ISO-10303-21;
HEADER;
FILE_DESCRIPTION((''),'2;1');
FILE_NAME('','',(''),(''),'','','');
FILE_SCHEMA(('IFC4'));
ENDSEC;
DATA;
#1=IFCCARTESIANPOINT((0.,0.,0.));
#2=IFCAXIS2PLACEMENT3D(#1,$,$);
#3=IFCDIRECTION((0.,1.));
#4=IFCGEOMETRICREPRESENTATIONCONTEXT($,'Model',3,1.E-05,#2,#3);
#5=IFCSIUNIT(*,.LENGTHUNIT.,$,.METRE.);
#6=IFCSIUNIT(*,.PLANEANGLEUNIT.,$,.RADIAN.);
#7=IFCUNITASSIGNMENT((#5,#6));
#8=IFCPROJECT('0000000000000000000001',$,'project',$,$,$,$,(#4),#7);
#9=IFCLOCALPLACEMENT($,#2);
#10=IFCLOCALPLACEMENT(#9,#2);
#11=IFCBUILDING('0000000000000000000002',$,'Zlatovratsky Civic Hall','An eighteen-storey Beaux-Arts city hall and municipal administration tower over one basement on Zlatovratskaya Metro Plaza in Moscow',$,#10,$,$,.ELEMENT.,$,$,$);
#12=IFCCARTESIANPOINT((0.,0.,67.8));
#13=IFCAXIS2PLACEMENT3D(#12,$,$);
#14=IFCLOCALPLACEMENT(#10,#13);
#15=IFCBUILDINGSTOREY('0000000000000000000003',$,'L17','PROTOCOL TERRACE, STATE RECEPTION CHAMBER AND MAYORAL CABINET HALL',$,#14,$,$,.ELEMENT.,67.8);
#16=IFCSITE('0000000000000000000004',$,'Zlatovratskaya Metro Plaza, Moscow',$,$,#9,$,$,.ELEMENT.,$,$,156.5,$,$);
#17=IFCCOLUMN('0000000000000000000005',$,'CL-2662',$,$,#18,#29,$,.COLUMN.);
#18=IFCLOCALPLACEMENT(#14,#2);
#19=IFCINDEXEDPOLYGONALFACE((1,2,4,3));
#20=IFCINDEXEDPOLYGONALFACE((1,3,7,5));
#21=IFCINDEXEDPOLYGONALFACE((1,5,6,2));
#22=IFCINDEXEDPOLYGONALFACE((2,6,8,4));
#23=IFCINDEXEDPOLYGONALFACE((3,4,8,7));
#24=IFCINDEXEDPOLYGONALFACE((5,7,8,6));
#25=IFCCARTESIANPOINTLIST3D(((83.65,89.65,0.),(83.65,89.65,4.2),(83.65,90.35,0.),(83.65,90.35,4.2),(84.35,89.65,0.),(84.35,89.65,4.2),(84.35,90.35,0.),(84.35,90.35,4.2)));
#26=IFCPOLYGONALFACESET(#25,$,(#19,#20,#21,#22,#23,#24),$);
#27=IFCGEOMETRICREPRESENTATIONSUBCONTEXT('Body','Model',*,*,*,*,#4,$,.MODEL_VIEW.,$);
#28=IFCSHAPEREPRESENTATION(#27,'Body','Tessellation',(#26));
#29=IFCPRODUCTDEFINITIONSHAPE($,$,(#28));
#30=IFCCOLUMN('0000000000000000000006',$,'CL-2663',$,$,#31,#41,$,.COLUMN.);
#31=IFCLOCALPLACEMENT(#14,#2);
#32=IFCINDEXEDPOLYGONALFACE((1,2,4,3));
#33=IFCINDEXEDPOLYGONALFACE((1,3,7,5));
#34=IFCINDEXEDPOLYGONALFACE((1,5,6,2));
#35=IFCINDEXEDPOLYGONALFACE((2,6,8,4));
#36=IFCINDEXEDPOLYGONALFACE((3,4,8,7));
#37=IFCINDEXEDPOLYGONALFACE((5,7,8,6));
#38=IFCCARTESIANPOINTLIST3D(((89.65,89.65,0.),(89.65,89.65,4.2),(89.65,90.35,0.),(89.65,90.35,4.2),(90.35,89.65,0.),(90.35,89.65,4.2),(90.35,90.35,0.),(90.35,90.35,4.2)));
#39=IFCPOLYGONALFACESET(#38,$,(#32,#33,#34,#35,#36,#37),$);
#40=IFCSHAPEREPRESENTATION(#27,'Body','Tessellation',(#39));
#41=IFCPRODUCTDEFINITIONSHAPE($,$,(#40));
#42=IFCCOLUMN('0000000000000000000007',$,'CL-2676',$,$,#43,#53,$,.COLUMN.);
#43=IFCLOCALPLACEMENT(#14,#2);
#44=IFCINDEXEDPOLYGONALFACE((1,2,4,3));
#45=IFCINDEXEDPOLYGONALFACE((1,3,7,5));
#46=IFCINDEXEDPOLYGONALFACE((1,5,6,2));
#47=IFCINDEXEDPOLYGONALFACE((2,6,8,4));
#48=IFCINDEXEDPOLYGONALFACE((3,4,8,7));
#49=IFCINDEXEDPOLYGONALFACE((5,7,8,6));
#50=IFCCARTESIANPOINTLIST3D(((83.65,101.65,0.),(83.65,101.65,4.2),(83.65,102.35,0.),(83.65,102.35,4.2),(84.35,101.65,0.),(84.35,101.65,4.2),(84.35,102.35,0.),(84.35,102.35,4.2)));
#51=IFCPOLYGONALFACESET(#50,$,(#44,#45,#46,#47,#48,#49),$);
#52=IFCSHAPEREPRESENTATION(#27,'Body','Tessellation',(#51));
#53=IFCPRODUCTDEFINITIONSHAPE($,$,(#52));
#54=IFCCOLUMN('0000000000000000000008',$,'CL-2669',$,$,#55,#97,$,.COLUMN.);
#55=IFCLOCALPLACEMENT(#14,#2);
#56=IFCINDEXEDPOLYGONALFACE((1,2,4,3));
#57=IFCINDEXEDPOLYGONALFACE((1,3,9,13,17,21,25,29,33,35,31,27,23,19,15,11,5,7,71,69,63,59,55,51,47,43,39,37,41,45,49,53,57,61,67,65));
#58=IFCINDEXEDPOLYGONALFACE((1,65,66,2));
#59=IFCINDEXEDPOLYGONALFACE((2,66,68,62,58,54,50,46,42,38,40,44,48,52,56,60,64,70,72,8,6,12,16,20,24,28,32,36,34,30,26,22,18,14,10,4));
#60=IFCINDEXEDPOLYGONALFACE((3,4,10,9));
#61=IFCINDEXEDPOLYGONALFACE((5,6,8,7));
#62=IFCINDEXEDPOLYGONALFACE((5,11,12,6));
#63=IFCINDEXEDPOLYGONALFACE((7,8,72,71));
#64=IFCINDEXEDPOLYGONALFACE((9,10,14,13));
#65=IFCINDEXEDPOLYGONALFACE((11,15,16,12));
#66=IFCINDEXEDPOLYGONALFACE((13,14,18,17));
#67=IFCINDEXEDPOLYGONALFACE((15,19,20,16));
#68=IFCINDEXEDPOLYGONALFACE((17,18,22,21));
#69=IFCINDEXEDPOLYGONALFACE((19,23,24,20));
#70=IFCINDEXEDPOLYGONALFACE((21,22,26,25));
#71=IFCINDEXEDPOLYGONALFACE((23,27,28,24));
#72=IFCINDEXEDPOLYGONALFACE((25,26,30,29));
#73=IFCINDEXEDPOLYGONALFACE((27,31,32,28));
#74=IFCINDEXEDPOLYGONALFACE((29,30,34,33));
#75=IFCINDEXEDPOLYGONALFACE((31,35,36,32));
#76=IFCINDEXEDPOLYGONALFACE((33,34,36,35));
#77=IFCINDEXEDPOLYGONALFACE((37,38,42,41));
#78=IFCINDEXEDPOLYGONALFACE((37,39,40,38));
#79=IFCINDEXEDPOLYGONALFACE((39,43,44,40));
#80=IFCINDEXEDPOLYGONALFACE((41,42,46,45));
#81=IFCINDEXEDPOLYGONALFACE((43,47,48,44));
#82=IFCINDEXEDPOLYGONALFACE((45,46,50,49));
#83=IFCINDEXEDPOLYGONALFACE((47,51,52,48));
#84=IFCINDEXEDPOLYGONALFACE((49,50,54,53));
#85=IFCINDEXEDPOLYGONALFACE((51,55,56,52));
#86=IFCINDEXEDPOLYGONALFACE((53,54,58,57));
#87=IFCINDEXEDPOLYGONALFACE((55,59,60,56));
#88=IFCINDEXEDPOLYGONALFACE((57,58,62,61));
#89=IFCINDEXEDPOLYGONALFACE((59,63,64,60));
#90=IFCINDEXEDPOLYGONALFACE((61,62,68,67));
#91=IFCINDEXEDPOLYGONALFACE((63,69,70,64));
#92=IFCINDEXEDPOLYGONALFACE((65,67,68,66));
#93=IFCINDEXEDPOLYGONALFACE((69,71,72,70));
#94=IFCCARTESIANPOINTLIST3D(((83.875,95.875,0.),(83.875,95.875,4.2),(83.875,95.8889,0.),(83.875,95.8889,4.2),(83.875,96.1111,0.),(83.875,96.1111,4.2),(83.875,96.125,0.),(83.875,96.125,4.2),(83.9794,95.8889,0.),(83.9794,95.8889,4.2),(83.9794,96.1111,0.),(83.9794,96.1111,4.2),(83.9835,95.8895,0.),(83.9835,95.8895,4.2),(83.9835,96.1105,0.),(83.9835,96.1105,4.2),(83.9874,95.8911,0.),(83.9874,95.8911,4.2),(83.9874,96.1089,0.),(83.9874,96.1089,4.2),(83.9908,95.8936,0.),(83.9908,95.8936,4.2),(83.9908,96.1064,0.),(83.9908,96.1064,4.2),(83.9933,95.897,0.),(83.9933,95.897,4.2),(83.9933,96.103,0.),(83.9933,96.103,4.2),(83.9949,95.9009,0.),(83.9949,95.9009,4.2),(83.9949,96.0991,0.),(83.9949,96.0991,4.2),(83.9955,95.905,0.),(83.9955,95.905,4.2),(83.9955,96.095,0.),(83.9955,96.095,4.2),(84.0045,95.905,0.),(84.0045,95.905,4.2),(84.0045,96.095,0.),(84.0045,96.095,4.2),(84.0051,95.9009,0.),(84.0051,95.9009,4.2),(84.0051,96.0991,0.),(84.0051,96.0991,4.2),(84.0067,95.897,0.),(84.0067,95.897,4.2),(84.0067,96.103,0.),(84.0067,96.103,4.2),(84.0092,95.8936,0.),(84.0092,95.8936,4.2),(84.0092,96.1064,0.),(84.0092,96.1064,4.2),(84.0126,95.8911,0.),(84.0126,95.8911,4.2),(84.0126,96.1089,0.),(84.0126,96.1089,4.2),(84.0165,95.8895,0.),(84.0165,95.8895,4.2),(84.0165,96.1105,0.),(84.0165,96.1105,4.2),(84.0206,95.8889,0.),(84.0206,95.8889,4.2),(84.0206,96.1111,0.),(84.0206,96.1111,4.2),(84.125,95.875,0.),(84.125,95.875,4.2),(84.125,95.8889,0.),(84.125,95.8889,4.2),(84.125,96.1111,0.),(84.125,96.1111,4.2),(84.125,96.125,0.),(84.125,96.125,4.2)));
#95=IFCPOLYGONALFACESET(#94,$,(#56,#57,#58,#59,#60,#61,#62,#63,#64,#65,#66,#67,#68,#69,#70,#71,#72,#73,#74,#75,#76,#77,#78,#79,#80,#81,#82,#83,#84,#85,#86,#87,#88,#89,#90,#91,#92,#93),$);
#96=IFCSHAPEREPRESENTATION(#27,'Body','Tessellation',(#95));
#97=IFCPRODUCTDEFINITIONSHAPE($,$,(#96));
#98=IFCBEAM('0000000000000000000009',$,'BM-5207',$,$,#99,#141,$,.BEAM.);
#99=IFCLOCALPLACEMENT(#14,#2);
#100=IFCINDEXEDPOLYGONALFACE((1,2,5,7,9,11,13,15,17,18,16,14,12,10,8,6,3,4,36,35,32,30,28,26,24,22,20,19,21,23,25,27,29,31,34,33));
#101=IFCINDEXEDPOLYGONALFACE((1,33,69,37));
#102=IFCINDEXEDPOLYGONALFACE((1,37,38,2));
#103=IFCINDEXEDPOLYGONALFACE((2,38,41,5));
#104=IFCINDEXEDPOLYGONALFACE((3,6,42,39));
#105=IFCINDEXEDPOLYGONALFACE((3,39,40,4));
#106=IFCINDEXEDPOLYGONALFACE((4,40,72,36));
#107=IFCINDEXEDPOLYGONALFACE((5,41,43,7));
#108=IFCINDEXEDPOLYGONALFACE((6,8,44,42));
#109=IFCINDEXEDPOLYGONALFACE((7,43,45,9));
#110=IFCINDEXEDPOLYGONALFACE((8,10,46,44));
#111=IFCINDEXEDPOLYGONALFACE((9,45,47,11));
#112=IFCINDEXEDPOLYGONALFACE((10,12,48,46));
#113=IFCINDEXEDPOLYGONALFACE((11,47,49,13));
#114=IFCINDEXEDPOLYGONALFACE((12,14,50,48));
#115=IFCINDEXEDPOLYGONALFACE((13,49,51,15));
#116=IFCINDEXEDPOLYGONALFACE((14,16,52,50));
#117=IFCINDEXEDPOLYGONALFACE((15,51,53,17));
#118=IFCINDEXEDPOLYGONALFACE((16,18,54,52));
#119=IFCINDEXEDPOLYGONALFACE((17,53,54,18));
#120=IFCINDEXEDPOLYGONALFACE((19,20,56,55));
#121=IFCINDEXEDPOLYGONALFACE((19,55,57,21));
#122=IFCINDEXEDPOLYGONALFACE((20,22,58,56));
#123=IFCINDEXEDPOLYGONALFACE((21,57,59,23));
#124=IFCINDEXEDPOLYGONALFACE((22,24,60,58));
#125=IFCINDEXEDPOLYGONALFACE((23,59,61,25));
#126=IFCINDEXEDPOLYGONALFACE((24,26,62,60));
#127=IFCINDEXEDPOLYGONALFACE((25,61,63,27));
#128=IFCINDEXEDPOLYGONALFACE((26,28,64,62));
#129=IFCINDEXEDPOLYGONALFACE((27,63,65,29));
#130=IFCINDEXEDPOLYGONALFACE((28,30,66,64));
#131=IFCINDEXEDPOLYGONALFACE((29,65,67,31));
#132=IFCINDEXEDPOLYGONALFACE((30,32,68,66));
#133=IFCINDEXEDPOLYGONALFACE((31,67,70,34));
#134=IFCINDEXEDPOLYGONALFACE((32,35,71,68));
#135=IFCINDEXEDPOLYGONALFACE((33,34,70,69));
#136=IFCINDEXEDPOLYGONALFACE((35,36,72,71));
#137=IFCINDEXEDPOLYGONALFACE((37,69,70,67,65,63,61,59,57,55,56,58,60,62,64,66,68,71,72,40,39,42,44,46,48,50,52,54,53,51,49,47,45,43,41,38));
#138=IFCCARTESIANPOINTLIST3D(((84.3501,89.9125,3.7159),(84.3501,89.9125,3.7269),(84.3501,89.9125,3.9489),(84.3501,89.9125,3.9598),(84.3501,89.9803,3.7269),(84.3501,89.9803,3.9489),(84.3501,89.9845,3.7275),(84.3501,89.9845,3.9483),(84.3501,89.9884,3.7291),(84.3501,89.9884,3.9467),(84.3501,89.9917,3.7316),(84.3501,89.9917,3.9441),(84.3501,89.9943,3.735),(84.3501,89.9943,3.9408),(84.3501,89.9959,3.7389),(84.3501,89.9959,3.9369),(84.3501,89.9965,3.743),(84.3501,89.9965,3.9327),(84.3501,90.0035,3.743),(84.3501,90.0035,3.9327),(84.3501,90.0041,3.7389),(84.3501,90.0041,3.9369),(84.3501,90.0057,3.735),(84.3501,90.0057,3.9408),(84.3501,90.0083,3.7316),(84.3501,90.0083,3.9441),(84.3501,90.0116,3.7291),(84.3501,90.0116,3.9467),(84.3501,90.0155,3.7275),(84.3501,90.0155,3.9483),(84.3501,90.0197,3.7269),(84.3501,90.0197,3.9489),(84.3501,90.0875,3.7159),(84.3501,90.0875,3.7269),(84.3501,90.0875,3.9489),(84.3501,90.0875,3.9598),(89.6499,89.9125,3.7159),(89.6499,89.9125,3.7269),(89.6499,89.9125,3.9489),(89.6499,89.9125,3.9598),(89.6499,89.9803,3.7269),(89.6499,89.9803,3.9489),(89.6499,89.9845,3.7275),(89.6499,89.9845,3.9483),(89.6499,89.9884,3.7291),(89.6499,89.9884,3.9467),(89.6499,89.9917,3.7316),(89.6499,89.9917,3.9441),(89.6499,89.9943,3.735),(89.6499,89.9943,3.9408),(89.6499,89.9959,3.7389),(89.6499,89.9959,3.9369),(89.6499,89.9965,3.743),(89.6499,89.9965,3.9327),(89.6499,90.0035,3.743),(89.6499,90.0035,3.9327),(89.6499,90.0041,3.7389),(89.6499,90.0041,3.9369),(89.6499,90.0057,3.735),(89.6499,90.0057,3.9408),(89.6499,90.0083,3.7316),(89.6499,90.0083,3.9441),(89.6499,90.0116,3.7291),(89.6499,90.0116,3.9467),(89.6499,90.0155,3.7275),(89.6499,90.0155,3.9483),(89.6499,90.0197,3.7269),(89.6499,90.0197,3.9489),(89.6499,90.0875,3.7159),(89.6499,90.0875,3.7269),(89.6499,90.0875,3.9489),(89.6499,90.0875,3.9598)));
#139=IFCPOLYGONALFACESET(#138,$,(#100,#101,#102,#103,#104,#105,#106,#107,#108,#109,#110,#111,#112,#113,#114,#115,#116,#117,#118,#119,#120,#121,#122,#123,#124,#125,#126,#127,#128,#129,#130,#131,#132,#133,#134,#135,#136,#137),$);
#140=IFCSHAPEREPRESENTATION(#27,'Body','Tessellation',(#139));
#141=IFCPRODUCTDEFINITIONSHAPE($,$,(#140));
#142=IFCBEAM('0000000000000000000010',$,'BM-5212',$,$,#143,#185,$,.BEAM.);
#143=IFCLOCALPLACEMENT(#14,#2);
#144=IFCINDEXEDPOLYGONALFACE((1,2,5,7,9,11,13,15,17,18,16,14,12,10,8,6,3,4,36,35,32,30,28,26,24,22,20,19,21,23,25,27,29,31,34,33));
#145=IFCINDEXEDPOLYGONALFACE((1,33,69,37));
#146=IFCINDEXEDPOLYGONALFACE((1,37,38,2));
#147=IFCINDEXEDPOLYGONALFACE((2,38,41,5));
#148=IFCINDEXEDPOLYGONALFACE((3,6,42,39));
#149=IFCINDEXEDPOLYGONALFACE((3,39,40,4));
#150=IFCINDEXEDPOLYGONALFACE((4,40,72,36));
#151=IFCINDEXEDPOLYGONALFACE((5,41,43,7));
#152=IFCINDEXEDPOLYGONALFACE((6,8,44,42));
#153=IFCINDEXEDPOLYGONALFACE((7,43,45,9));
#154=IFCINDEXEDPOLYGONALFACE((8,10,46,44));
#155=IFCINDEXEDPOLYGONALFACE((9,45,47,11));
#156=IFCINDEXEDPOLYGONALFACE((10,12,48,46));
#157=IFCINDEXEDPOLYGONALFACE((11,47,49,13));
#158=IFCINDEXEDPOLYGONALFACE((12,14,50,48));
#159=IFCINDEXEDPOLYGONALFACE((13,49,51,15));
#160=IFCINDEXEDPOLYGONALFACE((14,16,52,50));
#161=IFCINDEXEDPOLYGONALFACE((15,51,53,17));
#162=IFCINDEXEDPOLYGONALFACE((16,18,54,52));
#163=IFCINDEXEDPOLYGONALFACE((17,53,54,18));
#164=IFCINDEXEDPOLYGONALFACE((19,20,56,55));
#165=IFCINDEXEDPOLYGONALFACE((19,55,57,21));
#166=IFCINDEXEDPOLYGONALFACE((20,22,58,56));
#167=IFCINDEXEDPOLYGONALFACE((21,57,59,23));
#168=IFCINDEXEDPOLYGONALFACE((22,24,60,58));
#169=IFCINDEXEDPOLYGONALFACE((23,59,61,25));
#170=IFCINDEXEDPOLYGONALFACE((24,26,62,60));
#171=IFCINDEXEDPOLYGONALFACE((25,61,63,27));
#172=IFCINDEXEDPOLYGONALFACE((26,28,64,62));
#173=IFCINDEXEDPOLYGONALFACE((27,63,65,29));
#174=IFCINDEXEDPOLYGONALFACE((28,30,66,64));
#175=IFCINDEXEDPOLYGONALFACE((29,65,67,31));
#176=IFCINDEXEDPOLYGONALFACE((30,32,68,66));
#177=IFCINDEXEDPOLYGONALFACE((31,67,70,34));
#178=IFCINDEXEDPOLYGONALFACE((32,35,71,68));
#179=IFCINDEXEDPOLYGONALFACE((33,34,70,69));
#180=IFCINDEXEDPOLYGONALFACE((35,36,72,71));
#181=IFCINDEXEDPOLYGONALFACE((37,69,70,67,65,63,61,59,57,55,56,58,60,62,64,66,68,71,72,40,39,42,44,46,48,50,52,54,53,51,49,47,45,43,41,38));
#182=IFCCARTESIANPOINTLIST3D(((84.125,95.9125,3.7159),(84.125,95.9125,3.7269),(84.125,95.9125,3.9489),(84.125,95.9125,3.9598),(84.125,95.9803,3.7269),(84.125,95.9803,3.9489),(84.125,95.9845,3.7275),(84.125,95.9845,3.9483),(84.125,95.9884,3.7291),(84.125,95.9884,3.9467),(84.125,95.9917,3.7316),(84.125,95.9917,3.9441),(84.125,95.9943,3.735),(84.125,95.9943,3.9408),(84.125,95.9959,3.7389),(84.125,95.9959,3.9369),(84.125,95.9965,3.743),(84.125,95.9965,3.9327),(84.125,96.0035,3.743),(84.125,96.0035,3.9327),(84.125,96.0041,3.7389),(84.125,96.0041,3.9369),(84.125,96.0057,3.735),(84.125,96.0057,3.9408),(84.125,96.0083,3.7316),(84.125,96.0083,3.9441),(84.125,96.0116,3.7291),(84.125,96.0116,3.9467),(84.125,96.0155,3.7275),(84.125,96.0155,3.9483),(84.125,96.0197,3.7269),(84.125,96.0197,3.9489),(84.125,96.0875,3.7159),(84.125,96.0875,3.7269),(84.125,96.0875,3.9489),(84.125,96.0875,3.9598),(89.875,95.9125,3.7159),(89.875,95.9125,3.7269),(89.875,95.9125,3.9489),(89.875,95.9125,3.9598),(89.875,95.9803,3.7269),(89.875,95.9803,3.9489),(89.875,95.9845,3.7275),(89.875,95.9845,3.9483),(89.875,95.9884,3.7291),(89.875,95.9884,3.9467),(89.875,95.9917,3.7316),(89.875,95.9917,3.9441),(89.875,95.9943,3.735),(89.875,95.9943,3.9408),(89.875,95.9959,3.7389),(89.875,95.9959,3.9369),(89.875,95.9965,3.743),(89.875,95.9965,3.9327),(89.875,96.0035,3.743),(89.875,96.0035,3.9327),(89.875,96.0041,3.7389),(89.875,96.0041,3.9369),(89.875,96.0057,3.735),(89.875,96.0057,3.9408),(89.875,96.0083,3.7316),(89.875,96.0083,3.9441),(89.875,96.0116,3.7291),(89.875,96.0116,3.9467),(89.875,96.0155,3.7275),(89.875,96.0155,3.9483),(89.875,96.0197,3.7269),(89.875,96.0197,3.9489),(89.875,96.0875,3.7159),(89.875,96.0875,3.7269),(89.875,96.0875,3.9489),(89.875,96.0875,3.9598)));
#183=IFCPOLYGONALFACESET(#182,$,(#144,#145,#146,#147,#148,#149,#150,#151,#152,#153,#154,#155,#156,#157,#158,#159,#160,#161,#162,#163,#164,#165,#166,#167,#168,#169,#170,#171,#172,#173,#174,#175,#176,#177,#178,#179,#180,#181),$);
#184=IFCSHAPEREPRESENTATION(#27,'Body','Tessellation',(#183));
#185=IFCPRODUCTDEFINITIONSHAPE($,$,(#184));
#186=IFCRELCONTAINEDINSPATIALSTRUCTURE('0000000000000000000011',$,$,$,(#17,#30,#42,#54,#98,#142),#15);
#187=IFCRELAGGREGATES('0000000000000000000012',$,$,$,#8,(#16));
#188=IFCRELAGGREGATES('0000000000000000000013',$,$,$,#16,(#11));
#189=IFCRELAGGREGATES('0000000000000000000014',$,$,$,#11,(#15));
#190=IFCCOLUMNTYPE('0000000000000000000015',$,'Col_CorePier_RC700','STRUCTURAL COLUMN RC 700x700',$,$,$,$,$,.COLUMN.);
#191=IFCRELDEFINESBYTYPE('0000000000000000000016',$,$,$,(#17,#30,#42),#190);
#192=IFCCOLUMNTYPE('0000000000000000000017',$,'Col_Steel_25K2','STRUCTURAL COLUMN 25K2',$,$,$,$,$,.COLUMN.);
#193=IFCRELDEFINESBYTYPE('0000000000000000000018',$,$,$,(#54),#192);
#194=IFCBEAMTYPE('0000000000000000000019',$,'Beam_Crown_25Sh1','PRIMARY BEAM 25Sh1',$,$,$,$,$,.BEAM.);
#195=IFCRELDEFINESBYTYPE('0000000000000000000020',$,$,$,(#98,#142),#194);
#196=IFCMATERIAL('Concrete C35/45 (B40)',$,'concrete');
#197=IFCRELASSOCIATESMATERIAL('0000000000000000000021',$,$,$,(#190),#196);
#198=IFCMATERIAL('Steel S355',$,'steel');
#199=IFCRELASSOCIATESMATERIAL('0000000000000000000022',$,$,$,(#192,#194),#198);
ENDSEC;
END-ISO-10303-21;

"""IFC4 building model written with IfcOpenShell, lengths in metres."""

from ifc_helpers import new_model, si_unit, direction, frame, origin, origin_2d, place, context, subcontext, project, spatial, rectangle, i_section, extrude, material, material_profile, profile_set, type_object, element, save


model = new_model("IFC4")

# Units and contexts
model_context = context("Model", 3, precision=1e-05, world=origin(), true_north=direction((0.0, 1.0)))
body_context = subcontext(model_context, "Body", "Model", "MODEL_VIEW")
ifc_project = project(units=[si_unit("LENGTHUNIT", "METRE"), si_unit("PLANEANGLEUNIT", "RADIAN")], contexts=[model_context])

# Site, building, storey
site_placement = place(None, origin())
site = spatial("IfcSite", under=ifc_project, at=site_placement, Name="Zlatovratskaya Metro Plaza, Moscow", CompositionType="ELEMENT", RefElevation=156.5)
building_placement = place(site_placement, origin())
building = spatial("IfcBuilding", under=site, at=building_placement, Name="Zlatovratsky Civic Hall", Description="An eighteen-storey Beaux-Arts city hall and municipal administration tower over one basement on Zlatovratskaya Metro Plaza in Moscow", CompositionType="ELEMENT")
storey_placement = place(building_placement, frame((0.0, 0.0, 67.8)))
storey = spatial("IfcBuildingStorey", under=building, at=storey_placement, Name="L17", Description="PROTOCOL TERRACE, STATE RECEPTION CHAMBER AND MAYORAL CABINET HALL", CompositionType="ELEMENT", Elevation=67.8)

# Columns
ifc_material_1 = material(Name="Concrete C35/45 (B40)", Category="concrete")
ifc_material_profile_1 = material_profile(ifc_material_1, rectangle(XDim=0.7, YDim=0.7, at=origin_2d()), Name="RC 700x700")
ifc_profile_set_1 = profile_set([ifc_material_profile_1], Name="Concrete C35/45 (B40)")
column_type_1 = type_object("IfcColumnType", Name="Col_CorePier_RC700", Description="STRUCTURAL COLUMN RC 700x700", PredefinedType="COLUMN", material=ifc_profile_set_1)
for number, where, z_axis, x_axis, name in (
    (1, (84.0, 90.0, 0.0), (0.0, 0.0, 1.0), (1.0, 0.0, 0.0), "CL-2662"),
    (2, (90.0, 90.0, 0.0), (0.0, 0.0, 1.0), (1.0, 0.0, 0.0), "CL-2663"),
    (3, (84.0, 102.0, 0.0), (0.0, 0.0, 1.0), (1.0, 0.0, 0.0), "CL-2676"),
):
    element("IfcColumn", number, at=place(storey_placement, frame(where, z_axis=z_axis, x_axis=x_axis)), inside=storey, type_object=column_type_1, Name=name, PredefinedType="COLUMN", context=body_context, shape_type="SweptSolid", body=[
        extrude(rectangle(XDim=0.7, YDim=0.7, at=origin_2d()), origin(), (0.0, 0.0, 1.0), 4.2),
    ])
ifc_material_2 = material(Name="Steel S355", Category="steel")
ifc_material_profile_2 = material_profile(ifc_material_2, i_section(OverallWidth=0.25, OverallDepth=0.25, WebThickness=0.009, FlangeThickness=0.0139, FilletRadius=0.0161, at=origin_2d()), Name="25K2")
ifc_profile_set_2 = profile_set([ifc_material_profile_2], Name="Steel S355")
column_type_2 = type_object("IfcColumnType", Name="Col_Steel_25K2", Description="STRUCTURAL COLUMN 25K2", PredefinedType="COLUMN", material=ifc_profile_set_2)
column_placement = place(storey_placement, frame((84.0, 96.0, 0.0), z_axis=(0.0, 0.0, 1.0), x_axis=(1.0, 0.0, 0.0)))
element("IfcColumn", 4, at=column_placement, inside=storey, type_object=column_type_2, Name="CL-2669", PredefinedType="COLUMN", context=body_context, shape_type="SweptSolid", body=[
    extrude(i_section(OverallWidth=0.25, OverallDepth=0.25, WebThickness=0.009, FlangeThickness=0.0139, FilletRadius=0.0161, at=origin_2d()), origin(), (0.0, 0.0, 1.0), 4.2),
])

# Beams
ifc_material_profile_3 = material_profile(ifc_material_2, i_section(OverallWidth=0.175, OverallDepth=0.2439, WebThickness=0.0071, FlangeThickness=0.011, FilletRadius=0.0161, at=origin_2d()), Name="25Sh1")
ifc_profile_set_3 = profile_set([ifc_material_profile_3], Name="Steel S355")
beam_type_1 = type_object("IfcBeamType", Name="Beam_Crown_25Sh1", Description="PRIMARY BEAM 25Sh1", PredefinedType="BEAM", material=ifc_profile_set_3)
beam_1_placement = place(storey_placement, frame((84.3501, 90.0, 3.8379), z_axis=(1.0, 0.0, 0.0), x_axis=(0.0, 1.0, 0.0)))
element("IfcBeam", 5, at=beam_1_placement, inside=storey, type_object=beam_type_1, Name="BM-5207", PredefinedType="BEAM", context=body_context, shape_type="SweptSolid", body=[
    extrude(i_section(OverallWidth=0.175, OverallDepth=0.2439, WebThickness=0.0071, FlangeThickness=0.011, FilletRadius=0.0161, at=origin_2d()), origin(), (0.0, 0.0, 1.0), 5.2998),
])
beam_2_placement = place(storey_placement, frame((84.125, 96.0, 3.8379), z_axis=(1.0, 0.0, 0.0), x_axis=(0.0, 1.0, 0.0)))
element("IfcBeam", 6, at=beam_2_placement, inside=storey, type_object=beam_type_1, Name="BM-5212", PredefinedType="BEAM", context=body_context, shape_type="SweptSolid", body=[
    extrude(i_section(OverallWidth=0.175, OverallDepth=0.2439, WebThickness=0.0071, FlangeThickness=0.011, FilletRadius=0.0161, at=origin_2d()), origin(), (0.0, 0.0, 1.0), 5.75),
])

save(model, "model.ifc")
